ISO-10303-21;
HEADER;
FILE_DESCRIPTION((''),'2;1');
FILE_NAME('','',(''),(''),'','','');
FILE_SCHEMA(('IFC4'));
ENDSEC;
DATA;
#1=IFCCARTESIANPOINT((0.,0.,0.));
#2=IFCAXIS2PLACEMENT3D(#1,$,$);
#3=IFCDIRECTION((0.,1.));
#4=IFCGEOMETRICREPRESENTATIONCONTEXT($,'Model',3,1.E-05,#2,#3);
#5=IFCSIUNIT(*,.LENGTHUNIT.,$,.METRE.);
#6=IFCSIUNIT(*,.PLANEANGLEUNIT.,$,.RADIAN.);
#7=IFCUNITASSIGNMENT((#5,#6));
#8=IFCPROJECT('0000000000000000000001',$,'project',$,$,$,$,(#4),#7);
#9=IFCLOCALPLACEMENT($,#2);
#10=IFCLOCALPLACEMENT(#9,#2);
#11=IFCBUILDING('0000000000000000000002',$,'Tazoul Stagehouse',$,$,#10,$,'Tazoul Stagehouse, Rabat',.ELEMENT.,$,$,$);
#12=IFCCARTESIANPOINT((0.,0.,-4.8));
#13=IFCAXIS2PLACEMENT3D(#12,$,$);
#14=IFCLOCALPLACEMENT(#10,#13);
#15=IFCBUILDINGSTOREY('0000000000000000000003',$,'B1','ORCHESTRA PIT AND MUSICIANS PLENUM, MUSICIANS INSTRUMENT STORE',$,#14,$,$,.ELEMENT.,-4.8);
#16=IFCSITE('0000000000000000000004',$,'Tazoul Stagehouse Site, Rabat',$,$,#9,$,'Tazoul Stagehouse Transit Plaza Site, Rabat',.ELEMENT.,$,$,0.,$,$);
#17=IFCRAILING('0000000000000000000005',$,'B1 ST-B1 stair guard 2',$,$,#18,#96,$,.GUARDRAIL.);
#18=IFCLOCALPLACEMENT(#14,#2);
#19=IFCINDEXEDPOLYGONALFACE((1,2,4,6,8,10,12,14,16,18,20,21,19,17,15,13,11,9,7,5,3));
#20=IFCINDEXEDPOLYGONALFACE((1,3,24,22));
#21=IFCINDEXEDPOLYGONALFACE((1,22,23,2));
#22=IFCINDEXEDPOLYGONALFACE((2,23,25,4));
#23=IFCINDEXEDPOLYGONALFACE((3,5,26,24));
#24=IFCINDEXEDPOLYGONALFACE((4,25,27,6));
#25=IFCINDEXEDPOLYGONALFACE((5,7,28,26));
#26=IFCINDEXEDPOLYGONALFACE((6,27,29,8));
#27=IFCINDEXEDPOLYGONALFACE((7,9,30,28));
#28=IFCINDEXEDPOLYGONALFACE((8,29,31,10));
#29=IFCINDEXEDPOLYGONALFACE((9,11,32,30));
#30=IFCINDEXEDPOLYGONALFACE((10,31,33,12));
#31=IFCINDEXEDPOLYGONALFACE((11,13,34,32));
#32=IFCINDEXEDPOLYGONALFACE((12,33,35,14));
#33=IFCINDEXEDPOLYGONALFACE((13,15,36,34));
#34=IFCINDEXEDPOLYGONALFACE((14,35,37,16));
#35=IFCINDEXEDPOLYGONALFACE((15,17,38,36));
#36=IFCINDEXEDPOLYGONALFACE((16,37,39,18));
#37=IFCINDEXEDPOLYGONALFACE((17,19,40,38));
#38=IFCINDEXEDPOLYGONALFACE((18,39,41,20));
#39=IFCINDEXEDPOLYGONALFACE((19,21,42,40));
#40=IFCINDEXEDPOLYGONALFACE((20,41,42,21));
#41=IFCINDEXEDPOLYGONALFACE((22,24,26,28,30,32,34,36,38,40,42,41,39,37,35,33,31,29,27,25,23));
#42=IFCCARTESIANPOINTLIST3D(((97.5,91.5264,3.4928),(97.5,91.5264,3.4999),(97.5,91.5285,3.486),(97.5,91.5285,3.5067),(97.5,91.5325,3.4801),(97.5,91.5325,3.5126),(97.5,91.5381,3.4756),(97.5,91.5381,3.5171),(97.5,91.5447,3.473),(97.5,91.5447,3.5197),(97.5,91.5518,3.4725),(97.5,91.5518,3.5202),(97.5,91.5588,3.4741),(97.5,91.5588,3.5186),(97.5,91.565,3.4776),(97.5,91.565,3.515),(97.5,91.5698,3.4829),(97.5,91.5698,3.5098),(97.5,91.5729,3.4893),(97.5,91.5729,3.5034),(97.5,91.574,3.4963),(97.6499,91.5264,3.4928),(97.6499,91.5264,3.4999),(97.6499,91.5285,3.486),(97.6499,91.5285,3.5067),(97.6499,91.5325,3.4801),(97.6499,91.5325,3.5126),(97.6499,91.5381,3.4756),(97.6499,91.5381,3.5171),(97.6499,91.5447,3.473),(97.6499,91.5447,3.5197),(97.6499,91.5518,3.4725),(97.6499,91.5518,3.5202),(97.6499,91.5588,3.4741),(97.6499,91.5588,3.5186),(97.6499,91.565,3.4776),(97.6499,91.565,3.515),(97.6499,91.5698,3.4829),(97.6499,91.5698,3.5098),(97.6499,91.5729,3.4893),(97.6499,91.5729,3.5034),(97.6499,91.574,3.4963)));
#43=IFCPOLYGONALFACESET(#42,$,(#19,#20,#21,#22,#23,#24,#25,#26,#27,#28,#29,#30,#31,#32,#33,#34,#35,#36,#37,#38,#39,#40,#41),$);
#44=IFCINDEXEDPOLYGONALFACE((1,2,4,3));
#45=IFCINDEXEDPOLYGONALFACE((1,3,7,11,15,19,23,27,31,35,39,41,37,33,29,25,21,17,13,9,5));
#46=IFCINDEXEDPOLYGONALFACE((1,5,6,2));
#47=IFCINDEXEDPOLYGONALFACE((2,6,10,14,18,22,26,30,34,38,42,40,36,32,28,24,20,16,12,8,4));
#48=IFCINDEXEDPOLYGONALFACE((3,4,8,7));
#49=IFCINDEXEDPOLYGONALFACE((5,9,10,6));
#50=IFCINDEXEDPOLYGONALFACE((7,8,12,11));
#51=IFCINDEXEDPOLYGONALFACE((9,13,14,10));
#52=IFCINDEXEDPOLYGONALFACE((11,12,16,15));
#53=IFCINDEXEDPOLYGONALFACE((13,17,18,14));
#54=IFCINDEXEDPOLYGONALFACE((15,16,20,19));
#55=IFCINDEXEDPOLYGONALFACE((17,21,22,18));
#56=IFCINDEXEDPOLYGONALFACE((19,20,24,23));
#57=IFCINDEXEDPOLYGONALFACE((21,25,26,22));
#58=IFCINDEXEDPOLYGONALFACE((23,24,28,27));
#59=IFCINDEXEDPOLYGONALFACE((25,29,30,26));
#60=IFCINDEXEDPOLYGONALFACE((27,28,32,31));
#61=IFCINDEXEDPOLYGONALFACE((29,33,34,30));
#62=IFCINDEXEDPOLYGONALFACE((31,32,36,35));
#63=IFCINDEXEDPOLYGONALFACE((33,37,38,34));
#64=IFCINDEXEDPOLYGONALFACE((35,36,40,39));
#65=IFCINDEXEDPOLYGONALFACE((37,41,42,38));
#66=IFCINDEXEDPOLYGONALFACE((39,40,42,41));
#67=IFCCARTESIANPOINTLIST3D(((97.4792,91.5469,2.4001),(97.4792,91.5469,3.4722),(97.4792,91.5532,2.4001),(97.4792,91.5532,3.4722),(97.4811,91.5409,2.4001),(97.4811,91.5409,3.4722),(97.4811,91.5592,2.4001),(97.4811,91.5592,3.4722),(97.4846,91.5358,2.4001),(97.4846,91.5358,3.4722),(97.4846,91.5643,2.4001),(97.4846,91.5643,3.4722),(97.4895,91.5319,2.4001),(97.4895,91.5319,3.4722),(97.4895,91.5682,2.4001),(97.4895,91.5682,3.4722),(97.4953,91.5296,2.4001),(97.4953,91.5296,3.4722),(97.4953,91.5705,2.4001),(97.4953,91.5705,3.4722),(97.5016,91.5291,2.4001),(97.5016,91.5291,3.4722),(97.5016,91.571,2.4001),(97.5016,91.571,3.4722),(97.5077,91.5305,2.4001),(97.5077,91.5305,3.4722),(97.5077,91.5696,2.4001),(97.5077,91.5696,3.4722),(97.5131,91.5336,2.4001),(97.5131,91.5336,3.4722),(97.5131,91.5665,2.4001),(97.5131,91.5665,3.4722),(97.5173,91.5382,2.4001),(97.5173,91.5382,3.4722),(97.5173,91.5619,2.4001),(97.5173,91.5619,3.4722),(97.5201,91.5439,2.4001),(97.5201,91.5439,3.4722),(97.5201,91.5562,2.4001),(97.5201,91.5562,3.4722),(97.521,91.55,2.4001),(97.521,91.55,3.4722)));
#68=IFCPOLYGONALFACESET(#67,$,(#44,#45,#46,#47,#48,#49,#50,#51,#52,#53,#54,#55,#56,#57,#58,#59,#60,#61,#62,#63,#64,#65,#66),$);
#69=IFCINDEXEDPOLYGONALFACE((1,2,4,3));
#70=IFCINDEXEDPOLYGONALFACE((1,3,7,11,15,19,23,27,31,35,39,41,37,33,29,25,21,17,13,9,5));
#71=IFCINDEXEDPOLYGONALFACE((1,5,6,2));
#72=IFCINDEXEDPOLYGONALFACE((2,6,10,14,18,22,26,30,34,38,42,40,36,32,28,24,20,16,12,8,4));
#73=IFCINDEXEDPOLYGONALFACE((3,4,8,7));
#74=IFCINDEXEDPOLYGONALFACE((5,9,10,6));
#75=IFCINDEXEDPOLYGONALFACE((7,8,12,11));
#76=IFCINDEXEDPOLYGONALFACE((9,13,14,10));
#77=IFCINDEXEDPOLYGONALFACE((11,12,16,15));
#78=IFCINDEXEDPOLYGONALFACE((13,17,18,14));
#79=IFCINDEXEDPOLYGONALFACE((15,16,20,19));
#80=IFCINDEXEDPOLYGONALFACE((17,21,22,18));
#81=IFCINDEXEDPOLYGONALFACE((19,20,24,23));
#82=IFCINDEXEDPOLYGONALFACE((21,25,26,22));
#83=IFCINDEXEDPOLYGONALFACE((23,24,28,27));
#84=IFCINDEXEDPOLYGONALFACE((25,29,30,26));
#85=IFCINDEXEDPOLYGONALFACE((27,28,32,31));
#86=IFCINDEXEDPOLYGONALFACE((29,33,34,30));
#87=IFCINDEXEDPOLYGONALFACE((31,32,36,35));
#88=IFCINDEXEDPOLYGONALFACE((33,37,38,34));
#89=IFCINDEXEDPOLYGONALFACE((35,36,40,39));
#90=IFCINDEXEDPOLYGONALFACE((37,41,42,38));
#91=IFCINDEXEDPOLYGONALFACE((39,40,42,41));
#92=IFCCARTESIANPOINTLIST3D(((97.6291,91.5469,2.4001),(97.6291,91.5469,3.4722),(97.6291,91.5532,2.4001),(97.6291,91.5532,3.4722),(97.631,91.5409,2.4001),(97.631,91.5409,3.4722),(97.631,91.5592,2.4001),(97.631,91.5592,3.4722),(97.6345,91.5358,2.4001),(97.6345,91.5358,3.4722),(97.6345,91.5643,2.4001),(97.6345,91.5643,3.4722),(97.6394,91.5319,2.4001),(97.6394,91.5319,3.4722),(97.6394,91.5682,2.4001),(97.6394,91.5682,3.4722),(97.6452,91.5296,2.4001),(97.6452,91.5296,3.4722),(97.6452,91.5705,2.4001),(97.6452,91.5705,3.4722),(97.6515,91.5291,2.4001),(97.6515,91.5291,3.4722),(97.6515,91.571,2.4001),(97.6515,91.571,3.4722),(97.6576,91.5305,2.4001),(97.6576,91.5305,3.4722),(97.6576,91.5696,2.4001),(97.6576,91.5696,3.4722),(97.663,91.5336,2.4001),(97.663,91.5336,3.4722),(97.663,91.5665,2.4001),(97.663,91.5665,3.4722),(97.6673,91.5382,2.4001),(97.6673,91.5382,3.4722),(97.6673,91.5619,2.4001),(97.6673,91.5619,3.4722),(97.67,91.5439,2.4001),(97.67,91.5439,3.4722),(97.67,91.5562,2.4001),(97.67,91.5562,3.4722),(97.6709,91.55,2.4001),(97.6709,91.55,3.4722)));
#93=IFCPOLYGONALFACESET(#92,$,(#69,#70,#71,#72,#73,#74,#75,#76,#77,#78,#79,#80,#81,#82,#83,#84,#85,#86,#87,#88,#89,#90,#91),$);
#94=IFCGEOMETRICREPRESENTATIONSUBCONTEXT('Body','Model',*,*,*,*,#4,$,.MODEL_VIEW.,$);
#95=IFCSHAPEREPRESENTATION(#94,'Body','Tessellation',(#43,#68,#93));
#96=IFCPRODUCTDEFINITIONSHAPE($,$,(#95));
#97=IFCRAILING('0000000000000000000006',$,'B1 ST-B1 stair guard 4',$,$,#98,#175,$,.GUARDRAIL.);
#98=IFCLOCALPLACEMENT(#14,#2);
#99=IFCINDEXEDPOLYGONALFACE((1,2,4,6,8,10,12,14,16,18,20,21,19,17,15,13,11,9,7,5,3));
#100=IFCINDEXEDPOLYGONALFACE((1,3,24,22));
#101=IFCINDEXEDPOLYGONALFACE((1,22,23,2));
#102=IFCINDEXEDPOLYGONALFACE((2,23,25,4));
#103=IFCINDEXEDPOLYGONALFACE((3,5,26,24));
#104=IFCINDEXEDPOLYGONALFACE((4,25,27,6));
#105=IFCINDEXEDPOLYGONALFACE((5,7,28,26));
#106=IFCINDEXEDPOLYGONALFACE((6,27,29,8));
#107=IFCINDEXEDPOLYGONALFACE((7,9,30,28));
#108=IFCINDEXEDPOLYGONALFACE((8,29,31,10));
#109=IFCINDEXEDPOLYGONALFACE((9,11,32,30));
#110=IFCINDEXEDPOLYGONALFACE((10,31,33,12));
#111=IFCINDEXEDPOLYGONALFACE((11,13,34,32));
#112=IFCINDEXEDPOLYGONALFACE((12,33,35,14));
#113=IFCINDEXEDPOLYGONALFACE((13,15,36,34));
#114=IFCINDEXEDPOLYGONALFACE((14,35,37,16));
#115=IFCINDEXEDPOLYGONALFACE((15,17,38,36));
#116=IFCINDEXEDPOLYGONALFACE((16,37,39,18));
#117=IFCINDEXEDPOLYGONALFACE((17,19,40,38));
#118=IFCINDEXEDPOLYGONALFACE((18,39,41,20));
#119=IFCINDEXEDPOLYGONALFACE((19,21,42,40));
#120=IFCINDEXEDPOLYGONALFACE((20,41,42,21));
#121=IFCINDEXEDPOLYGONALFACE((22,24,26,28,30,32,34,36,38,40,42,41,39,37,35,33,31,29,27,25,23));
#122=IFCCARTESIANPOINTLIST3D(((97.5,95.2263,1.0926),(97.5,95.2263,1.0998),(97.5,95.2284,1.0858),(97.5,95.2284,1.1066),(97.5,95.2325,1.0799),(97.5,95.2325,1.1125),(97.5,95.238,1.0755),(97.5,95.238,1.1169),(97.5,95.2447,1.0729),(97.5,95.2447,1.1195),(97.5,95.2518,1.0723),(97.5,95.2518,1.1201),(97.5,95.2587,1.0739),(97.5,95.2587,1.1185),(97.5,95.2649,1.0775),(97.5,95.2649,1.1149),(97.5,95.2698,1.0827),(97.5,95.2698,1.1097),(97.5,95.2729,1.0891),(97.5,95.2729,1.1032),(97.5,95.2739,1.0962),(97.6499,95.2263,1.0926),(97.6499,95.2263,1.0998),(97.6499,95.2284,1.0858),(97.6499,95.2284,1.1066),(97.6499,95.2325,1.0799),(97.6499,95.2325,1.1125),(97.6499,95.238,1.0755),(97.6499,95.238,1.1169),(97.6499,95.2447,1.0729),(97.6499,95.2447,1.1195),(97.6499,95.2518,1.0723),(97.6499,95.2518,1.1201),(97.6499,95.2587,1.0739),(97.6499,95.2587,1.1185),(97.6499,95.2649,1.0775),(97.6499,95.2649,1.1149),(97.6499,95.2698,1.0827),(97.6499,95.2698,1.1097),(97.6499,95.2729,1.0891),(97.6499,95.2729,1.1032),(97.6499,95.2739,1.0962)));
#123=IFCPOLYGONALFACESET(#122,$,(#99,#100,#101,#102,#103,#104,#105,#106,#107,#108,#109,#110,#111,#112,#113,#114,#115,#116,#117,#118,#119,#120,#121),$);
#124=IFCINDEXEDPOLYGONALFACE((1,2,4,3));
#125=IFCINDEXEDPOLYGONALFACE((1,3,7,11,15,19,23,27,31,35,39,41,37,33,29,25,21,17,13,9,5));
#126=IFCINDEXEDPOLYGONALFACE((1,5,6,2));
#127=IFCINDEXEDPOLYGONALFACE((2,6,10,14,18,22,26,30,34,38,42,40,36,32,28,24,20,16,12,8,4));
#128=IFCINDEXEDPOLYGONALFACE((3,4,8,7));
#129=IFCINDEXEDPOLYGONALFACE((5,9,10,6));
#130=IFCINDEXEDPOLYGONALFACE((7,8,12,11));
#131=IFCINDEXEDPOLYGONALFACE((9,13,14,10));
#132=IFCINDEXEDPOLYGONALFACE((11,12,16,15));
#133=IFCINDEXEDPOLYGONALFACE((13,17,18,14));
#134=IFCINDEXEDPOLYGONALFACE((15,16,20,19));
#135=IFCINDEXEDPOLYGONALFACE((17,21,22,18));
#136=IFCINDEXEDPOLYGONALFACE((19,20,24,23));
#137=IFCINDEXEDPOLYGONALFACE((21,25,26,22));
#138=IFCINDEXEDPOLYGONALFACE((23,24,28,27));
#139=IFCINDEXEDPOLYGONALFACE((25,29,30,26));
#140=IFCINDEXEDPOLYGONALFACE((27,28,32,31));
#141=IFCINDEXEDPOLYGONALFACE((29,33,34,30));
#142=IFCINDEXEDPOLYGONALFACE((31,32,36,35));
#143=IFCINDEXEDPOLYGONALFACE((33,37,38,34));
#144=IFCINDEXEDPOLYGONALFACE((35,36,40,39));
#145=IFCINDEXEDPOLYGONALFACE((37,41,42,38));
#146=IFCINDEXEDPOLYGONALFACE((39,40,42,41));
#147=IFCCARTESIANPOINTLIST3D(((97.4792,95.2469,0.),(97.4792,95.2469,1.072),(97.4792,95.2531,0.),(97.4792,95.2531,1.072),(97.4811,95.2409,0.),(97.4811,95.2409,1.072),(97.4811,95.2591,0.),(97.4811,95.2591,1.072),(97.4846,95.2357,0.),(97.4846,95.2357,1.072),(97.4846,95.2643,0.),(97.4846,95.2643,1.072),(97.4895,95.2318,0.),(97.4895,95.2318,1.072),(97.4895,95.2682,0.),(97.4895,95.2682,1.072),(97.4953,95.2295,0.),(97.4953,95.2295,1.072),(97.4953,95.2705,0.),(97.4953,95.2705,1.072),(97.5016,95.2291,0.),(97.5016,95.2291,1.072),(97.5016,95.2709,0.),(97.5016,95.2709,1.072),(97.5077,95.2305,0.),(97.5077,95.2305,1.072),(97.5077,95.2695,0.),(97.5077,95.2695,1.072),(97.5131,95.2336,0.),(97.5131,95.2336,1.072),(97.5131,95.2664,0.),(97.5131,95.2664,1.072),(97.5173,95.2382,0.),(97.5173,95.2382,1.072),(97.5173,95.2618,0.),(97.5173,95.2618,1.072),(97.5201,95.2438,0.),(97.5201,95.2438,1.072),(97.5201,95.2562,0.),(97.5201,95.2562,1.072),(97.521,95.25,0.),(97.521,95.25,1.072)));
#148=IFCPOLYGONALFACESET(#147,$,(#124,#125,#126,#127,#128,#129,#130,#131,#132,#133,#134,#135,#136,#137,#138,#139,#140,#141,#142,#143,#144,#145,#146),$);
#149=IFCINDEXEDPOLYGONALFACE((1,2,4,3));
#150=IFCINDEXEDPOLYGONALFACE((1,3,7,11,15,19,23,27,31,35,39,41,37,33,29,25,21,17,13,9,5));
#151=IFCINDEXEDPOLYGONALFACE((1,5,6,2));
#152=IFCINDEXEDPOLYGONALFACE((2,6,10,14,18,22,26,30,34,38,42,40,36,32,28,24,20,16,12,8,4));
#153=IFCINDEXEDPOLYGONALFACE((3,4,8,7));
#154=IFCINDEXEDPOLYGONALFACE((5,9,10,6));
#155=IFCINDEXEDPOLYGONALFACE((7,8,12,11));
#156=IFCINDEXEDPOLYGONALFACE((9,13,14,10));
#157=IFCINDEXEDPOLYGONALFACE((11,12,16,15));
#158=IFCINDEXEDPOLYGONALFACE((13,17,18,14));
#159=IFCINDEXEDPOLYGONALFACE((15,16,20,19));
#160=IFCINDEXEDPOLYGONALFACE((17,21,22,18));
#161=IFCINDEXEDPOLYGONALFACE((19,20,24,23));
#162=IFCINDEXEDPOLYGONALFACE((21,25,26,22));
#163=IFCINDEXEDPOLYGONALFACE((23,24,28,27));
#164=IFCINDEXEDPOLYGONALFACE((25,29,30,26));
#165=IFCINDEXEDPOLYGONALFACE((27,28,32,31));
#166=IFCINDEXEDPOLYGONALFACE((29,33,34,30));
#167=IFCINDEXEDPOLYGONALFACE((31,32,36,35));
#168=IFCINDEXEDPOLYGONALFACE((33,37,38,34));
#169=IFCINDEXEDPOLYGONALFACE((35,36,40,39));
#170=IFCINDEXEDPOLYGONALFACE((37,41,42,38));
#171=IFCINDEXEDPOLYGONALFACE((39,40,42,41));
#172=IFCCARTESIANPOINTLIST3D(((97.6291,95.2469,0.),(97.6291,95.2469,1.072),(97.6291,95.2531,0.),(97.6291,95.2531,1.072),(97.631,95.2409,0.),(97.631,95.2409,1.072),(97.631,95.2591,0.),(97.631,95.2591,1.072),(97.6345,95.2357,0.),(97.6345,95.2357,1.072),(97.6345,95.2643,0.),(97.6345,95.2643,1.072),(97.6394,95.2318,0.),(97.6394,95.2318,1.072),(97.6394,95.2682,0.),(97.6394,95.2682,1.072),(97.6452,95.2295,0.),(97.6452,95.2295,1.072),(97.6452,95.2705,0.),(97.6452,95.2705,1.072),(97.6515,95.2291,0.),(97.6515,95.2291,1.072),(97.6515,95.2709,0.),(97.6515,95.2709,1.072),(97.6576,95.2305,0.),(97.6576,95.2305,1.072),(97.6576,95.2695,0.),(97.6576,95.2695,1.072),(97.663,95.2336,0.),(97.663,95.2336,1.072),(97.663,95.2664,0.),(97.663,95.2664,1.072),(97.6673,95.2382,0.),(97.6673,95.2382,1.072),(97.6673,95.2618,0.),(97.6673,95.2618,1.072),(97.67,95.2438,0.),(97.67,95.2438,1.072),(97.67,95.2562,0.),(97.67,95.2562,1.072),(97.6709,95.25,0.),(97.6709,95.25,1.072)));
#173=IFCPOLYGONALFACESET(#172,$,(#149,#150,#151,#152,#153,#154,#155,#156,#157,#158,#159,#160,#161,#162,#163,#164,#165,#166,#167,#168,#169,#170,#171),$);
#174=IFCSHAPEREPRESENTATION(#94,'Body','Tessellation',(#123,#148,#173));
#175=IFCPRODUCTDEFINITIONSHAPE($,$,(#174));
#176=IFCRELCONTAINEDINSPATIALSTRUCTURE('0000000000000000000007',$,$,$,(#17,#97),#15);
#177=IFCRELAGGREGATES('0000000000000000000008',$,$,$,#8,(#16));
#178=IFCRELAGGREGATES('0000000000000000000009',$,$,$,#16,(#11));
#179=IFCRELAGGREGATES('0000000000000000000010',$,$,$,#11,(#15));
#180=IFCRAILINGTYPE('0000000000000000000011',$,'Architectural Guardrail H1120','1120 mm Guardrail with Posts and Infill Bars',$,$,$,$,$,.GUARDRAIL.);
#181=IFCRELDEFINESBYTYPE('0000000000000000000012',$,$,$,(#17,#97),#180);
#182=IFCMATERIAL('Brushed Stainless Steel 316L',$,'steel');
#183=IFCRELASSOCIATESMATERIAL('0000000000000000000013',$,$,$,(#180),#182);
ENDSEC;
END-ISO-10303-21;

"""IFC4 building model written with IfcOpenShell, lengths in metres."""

from ifc_helpers import new_model, si_unit, direction, frame, origin, origin_2d, place, context, subcontext, project, spatial, circle, extrude, material, material_profile, profile_set, type_object, element, save


model = new_model("IFC4")

# Units and contexts
model_context = context("Model", 3, precision=1e-05, world=origin(), true_north=direction((0.0, 1.0)))
body_context = subcontext(model_context, "Body", "Model", "MODEL_VIEW")
ifc_project = project(units=[si_unit("LENGTHUNIT", "METRE"), si_unit("PLANEANGLEUNIT", "RADIAN")], contexts=[model_context])

# Site, building, storey
site_placement = place(None, origin())
site = spatial("IfcSite", under=ifc_project, at=site_placement, Name="Tazoul Stagehouse Site, Rabat", LongName="Tazoul Stagehouse Transit Plaza Site, Rabat", CompositionType="ELEMENT", RefElevation=0.0)
building_placement = place(site_placement, origin())
building = spatial("IfcBuilding", under=site, at=building_placement, Name="Tazoul Stagehouse", LongName="Tazoul Stagehouse, Rabat", CompositionType="ELEMENT")
storey_placement = place(building_placement, frame((0.0, 0.0, -4.8)))
storey = spatial("IfcBuildingStorey", under=building, at=storey_placement, Name="B1", Description="ORCHESTRA PIT AND MUSICIANS PLENUM, MUSICIANS INSTRUMENT STORE", CompositionType="ELEMENT", Elevation=-4.8)

# Railings
ifc_material_1 = material(Name="Brushed Stainless Steel 316L", Category="steel")
ifc_material_profile_1 = material_profile(ifc_material_1, circle(Radius=0.0239, at=origin_2d()), Name="SS RAIL D48")
ifc_profile_set_1 = profile_set([ifc_material_profile_1], Name="Brushed Stainless Steel 316L")
railing_type_1 = type_object("IfcRailingType", Name="Architectural Guardrail H1120", Description="1120 mm Guardrail with Posts and Infill Bars", PredefinedType="GUARDRAIL", material=ifc_profile_set_1)
for number, where, name in (
    (1, (97.5, 91.55, 2.4001), "B1 ST-B1 stair guard 2"),
    (2, (97.5, 95.25, 0.0), "B1 ST-B1 stair guard 4"),
):
    element("IfcRailing", number, at=place(storey_placement, frame(where)), inside=storey, type_object=railing_type_1, Name=name, PredefinedType="GUARDRAIL", context=body_context, shape_type="SweptSolid", body=[
        extrude(circle(Radius=0.0239, at=origin_2d()), frame((0.0, 0.0, 1.0962), z_axis=(1.0, 0.0, 0.0), x_axis=(0.0, 1.0, 0.0)), (0.0, 0.0, 1.0), 0.1499),
        extrude(circle(Radius=0.021, at=origin_2d()), origin(), (0.0, 0.0, 1.0), 1.072),
        extrude(circle(Radius=0.021, at=origin_2d()), frame((0.1499, 0.0, 0.0)), (0.0, 0.0, 1.0), 1.072),
    ])

save(model, "model.ifc")
